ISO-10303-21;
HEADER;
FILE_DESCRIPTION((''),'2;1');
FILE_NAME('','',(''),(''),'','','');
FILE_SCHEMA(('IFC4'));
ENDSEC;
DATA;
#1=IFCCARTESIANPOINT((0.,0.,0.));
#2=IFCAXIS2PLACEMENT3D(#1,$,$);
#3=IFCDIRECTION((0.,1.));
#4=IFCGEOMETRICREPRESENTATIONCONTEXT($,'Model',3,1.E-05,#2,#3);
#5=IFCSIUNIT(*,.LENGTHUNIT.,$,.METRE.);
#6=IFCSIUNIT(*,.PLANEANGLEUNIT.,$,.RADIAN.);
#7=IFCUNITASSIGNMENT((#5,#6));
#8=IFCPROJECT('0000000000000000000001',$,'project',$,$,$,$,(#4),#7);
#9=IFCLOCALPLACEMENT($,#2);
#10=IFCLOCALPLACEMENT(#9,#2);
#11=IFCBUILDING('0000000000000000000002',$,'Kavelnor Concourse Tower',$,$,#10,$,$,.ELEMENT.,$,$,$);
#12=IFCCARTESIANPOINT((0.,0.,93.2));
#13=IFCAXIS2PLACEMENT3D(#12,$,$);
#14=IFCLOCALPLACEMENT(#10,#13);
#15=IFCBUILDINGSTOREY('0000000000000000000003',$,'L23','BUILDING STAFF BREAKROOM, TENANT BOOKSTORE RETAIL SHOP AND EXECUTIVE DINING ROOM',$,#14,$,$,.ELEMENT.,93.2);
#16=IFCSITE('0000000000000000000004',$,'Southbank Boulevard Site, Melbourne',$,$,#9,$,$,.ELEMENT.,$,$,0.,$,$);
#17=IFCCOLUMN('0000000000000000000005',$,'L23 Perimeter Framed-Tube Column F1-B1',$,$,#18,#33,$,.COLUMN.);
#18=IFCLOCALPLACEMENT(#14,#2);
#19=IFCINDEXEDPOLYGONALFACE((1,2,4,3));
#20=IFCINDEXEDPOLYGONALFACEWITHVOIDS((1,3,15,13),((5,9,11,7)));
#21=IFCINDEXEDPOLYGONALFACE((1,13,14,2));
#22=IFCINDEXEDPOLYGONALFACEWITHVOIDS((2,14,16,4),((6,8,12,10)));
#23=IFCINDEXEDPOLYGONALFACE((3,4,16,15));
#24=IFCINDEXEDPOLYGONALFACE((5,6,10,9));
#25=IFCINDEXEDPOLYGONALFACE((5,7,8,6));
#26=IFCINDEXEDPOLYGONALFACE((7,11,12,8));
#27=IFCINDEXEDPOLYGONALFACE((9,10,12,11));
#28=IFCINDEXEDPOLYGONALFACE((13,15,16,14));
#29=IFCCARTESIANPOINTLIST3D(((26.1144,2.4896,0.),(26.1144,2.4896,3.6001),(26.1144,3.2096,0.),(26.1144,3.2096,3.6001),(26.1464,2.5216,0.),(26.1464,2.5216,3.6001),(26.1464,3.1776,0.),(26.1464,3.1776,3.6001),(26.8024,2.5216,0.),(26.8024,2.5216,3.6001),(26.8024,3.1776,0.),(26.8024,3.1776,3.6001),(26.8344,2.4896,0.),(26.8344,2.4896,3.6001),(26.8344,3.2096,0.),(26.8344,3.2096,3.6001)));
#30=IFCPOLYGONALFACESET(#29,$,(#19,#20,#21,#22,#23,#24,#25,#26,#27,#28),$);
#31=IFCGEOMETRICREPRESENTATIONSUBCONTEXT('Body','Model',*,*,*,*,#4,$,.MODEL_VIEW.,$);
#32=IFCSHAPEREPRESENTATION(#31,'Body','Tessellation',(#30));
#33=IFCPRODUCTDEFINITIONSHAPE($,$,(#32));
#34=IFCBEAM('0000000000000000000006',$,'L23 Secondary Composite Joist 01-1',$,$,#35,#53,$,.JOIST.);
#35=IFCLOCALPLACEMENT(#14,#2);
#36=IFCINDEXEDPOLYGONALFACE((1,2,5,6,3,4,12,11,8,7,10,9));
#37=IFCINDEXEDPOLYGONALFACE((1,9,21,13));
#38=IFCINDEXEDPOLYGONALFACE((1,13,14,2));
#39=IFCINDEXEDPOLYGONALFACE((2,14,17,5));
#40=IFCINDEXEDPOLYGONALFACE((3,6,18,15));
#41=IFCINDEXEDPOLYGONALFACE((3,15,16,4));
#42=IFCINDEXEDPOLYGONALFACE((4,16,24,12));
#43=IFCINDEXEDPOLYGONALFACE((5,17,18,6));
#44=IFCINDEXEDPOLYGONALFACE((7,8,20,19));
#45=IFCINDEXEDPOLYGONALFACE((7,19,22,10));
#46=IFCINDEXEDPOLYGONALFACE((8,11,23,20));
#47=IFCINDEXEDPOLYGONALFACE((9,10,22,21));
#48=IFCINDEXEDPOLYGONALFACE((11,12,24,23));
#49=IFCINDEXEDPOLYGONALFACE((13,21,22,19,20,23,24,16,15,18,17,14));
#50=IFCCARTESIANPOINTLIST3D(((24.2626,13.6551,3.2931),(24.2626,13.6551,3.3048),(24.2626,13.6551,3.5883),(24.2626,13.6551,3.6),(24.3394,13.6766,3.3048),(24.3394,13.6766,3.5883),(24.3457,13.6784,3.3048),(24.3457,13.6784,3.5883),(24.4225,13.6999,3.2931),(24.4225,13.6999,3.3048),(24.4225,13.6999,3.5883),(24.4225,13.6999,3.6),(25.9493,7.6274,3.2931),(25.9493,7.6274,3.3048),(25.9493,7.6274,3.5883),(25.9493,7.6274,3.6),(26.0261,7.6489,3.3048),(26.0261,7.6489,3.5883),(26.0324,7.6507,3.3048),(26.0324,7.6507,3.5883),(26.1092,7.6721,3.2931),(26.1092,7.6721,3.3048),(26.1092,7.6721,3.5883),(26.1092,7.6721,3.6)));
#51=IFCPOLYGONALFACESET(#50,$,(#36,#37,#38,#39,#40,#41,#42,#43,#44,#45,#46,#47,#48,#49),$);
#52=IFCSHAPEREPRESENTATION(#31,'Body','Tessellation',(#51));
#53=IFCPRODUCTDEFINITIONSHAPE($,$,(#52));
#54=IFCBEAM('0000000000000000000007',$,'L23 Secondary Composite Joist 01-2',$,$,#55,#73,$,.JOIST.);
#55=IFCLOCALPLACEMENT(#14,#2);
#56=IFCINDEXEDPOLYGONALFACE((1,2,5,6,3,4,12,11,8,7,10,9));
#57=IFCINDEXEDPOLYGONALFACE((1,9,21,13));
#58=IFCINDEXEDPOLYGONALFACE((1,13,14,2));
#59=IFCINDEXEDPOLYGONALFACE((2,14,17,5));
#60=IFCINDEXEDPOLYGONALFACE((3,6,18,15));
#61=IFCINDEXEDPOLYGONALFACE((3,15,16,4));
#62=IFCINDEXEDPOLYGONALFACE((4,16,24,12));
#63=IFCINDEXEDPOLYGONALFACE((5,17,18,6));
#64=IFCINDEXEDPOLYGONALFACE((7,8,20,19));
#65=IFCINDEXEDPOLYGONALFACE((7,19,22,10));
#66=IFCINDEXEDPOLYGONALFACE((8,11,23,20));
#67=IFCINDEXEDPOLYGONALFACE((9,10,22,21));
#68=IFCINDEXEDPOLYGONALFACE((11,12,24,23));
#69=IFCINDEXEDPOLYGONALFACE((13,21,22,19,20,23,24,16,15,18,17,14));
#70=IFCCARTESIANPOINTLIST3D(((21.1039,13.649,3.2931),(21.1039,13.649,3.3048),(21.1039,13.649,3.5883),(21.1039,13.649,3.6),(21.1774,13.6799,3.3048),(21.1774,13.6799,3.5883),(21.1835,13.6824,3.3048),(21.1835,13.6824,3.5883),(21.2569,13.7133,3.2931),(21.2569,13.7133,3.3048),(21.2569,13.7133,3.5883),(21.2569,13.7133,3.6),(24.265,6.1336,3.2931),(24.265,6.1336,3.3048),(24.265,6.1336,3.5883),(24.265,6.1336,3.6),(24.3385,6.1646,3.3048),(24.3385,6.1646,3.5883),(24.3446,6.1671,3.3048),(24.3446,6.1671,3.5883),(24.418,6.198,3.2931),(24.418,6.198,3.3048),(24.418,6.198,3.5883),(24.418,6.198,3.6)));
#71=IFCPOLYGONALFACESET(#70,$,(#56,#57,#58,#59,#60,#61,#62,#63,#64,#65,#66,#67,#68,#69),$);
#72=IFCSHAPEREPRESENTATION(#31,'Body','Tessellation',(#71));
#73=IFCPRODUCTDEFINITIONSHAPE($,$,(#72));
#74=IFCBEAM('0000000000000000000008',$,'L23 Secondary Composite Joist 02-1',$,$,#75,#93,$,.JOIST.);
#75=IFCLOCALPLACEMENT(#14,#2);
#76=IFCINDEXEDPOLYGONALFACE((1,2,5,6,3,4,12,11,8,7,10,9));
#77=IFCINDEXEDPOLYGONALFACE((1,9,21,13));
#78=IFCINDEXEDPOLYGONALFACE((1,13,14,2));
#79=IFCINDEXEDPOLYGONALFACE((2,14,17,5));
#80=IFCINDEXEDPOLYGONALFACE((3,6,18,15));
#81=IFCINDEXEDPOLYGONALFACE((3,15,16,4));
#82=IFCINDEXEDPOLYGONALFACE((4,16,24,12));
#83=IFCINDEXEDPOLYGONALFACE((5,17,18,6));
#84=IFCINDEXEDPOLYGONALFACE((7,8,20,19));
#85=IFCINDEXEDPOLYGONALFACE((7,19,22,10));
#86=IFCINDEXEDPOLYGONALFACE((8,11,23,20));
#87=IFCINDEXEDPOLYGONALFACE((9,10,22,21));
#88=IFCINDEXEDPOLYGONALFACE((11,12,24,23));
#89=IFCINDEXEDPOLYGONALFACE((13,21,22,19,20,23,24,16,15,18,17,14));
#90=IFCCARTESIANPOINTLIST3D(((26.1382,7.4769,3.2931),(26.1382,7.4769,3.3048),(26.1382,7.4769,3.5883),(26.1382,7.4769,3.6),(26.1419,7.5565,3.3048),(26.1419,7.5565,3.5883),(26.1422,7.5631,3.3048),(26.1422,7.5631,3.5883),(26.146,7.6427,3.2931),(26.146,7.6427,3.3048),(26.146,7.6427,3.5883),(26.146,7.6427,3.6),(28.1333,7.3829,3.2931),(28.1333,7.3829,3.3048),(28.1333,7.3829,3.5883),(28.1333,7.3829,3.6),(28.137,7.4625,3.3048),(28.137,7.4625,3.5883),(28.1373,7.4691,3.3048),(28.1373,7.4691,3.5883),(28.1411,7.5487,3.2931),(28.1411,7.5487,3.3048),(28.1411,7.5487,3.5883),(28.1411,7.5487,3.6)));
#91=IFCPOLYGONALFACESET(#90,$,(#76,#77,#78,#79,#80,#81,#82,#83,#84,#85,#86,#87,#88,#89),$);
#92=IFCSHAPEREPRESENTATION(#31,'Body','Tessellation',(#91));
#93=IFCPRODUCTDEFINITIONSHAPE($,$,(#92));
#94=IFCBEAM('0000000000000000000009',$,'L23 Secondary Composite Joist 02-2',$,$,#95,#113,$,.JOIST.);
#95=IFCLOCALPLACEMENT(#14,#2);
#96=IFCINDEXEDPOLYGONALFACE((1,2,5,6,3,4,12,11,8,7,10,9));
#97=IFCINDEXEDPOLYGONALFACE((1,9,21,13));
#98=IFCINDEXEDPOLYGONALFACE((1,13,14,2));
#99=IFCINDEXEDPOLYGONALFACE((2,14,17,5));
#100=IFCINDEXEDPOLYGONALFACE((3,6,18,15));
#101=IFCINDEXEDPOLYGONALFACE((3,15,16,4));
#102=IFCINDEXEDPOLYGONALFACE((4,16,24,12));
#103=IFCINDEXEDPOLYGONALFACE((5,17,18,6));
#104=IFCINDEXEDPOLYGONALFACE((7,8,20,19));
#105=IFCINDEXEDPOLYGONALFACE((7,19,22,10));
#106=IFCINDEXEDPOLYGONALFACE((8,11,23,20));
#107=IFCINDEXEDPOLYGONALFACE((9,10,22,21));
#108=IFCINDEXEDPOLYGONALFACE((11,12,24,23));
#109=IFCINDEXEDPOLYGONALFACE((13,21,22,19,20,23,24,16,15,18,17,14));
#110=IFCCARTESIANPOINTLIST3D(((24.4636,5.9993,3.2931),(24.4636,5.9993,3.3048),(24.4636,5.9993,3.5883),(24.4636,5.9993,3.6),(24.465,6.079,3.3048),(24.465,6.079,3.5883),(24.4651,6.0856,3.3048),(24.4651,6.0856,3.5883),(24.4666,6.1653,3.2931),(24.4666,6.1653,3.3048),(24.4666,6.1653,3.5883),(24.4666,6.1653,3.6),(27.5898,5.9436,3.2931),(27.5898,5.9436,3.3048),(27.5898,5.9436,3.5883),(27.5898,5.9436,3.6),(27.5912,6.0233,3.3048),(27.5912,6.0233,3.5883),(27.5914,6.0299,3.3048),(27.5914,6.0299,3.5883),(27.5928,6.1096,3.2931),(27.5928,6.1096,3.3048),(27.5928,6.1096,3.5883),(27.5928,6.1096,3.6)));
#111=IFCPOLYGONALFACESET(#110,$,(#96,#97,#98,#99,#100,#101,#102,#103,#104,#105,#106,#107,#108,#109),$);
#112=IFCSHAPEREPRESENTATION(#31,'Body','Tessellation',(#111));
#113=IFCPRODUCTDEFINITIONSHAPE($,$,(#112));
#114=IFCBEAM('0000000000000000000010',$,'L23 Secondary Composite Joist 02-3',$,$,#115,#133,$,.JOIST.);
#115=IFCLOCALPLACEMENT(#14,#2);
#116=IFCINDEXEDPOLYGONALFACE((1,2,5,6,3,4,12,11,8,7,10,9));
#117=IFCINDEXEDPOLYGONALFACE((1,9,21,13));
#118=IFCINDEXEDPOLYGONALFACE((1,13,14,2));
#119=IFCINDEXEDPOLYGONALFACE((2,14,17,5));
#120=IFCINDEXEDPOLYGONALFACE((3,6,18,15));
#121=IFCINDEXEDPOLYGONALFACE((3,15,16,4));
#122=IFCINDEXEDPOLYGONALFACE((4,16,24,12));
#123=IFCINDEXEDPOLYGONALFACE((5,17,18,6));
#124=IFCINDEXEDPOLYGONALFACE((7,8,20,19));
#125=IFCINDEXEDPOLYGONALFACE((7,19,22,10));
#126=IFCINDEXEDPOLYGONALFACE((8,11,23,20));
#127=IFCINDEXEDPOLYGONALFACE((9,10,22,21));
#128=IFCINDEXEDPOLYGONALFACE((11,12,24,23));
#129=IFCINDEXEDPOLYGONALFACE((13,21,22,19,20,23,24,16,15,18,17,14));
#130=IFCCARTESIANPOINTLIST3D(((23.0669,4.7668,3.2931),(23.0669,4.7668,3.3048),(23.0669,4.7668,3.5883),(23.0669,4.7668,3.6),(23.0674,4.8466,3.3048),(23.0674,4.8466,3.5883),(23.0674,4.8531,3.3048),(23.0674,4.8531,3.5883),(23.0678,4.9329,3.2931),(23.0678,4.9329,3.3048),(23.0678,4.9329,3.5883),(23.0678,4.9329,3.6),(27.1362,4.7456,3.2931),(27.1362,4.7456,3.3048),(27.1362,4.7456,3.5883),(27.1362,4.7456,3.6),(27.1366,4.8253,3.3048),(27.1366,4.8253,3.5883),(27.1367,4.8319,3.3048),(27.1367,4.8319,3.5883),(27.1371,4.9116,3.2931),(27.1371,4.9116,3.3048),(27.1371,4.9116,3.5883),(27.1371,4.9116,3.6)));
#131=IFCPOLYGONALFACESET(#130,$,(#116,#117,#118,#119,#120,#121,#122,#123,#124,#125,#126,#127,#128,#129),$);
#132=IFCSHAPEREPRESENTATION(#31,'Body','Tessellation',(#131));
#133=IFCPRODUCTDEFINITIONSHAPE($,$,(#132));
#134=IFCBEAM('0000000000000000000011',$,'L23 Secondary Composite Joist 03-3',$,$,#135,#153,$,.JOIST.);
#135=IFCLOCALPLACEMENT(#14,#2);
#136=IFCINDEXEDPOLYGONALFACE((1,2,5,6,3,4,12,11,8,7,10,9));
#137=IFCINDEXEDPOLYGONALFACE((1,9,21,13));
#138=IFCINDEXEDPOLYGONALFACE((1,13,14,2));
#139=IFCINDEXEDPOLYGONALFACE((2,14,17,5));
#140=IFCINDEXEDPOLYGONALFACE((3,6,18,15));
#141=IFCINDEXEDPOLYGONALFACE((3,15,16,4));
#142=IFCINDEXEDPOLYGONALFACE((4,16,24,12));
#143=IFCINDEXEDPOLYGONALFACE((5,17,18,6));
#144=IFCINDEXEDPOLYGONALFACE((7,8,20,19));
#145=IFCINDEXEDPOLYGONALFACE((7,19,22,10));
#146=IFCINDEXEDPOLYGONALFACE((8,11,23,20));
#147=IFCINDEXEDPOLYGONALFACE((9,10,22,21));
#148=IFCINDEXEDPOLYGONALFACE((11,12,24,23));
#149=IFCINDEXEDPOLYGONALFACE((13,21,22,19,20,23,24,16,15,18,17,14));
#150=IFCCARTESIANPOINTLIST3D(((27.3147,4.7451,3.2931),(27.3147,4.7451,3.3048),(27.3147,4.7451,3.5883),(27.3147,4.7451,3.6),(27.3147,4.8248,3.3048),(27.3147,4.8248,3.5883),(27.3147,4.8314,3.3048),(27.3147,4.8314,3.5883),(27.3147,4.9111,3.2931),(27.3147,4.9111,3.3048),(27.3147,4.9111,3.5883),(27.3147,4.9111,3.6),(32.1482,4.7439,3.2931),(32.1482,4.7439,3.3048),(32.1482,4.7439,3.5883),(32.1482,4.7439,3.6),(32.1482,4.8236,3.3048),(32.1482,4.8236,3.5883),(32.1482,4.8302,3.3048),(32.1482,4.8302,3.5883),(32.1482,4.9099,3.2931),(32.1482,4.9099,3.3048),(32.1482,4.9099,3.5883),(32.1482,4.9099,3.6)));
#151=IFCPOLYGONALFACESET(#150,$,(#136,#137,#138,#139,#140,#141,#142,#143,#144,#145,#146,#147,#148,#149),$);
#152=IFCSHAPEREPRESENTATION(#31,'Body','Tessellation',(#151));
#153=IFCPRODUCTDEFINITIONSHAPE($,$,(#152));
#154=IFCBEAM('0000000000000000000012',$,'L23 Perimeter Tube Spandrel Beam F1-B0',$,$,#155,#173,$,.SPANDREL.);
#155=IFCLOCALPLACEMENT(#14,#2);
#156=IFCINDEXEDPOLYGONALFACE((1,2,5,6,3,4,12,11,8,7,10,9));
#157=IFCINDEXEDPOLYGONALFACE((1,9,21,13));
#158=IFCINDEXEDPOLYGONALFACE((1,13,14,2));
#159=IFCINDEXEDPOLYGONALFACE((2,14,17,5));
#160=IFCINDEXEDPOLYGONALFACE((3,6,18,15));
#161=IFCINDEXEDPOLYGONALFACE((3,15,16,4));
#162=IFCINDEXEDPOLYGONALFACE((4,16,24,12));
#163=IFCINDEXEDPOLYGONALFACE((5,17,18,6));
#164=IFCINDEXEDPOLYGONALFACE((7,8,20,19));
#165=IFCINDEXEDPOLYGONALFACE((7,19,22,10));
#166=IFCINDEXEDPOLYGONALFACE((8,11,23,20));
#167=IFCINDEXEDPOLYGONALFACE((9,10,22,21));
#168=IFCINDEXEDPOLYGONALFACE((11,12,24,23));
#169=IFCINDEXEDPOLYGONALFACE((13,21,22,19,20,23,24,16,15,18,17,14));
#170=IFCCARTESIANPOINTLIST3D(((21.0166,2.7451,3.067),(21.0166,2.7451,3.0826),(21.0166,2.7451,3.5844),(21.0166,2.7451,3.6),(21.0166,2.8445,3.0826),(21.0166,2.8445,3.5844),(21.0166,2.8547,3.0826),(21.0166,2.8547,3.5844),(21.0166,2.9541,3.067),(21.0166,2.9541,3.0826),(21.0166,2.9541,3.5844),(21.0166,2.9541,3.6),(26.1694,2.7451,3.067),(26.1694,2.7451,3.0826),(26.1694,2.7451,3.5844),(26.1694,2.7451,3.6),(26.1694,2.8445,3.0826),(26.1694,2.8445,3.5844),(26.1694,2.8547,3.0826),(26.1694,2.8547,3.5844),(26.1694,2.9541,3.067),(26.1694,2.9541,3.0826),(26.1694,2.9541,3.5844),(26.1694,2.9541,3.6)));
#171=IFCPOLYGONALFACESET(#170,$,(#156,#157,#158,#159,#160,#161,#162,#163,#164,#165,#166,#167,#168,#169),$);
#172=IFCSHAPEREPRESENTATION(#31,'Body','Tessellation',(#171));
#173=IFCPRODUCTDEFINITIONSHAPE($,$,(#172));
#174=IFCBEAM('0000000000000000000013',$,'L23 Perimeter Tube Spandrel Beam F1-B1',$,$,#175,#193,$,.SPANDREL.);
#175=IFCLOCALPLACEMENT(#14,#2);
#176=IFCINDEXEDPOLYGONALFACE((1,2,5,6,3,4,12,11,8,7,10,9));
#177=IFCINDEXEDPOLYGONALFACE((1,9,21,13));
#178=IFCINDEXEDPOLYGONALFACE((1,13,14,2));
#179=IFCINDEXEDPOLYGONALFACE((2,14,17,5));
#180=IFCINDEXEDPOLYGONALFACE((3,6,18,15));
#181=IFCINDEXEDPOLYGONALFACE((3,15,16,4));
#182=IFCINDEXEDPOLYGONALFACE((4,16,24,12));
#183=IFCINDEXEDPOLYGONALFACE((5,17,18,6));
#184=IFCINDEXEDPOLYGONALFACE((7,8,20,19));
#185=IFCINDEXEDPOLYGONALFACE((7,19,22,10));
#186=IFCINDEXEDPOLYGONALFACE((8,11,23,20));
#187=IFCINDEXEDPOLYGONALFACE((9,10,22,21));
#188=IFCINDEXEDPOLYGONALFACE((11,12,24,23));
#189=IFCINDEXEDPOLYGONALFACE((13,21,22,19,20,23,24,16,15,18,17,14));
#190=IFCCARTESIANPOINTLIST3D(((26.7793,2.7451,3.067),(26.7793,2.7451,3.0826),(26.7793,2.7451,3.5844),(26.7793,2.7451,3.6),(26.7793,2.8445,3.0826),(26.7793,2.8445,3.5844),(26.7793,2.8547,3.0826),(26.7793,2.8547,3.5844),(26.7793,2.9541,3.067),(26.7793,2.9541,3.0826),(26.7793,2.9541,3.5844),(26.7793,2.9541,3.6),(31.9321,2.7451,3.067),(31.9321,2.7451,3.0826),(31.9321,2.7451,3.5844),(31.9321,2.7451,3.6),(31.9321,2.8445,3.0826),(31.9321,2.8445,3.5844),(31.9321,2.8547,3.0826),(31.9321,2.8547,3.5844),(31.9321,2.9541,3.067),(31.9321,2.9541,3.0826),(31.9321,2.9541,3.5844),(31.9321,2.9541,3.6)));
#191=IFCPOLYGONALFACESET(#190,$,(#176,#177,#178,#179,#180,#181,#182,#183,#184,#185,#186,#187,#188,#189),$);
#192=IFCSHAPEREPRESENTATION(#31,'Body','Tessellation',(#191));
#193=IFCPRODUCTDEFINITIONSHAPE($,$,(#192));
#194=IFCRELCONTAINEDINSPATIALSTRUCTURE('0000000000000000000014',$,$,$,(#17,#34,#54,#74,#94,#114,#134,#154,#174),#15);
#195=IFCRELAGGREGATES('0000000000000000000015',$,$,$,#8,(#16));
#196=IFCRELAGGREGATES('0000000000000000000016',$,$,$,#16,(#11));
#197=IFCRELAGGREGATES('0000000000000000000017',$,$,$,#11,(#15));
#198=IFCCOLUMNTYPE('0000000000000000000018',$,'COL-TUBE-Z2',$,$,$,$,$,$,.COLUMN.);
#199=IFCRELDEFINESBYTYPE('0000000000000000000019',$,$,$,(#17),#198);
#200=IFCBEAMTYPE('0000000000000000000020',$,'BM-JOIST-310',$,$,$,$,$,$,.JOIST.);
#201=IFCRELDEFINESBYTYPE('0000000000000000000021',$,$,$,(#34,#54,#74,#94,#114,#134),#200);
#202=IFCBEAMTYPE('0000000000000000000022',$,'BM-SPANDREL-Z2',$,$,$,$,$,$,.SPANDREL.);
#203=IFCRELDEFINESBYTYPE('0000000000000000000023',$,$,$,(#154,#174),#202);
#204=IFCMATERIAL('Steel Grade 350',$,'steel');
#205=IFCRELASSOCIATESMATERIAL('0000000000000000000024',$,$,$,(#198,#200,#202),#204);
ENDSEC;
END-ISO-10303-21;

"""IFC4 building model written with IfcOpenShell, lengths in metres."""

from ifc_helpers import new_model, si_unit, direction, frame, origin, origin_2d, place, context, subcontext, project, spatial, hollow_rectangle, i_section, extrude, material, material_profile, profile_set, type_object, element, save


model = new_model("IFC4")

# Units and contexts
model_context = context("Model", 3, precision=1e-05, world=origin(), true_north=direction((0.0, 1.0)))
body_context = subcontext(model_context, "Body", "Model", "MODEL_VIEW")
ifc_project = project(units=[si_unit("LENGTHUNIT", "METRE"), si_unit("PLANEANGLEUNIT", "RADIAN")], contexts=[model_context])

# Site, building, storey
site_placement = place(None, origin())
site = spatial("IfcSite", under=ifc_project, at=site_placement, Name="Southbank Boulevard Site, Melbourne", CompositionType="ELEMENT", RefElevation=0.0)
building_placement = place(site_placement, origin())
building = spatial("IfcBuilding", under=site, at=building_placement, Name="Kavelnor Concourse Tower", CompositionType="ELEMENT")
storey_placement = place(building_placement, frame((0.0, 0.0, 93.2)))
storey = spatial("IfcBuildingStorey", under=building, at=storey_placement, Name="L23", Description="BUILDING STAFF BREAKROOM, TENANT BOOKSTORE RETAIL SHOP AND EXECUTIVE DINING ROOM", CompositionType="ELEMENT", Elevation=93.2)

# Column
ifc_material_1 = material(Name="Steel Grade 350", Category="steel")
ifc_material_profile_1 = material_profile(ifc_material_1, hollow_rectangle(XDim=0.72, YDim=0.72, WallThickness=0.032, at=origin_2d()), Name="SHS 720x720x32")
ifc_profile_set_1 = profile_set([ifc_material_profile_1], Name="Steel Grade 350")
column_type = type_object("IfcColumnType", Name="COL-TUBE-Z2", PredefinedType="COLUMN", material=ifc_profile_set_1)
column_placement = place(storey_placement, frame((26.4744, 2.8496, 0.0), z_axis=(0.0, 0.0, 1.0), x_axis=(1.0, 0.0, 0.0)))
element("IfcColumn", 1, at=column_placement, inside=storey, type_object=column_type, Name="L23 Perimeter Framed-Tube Column F1-B1", PredefinedType="COLUMN", context=body_context, shape_type="SweptSolid", body=[
    extrude(hollow_rectangle(XDim=0.72, YDim=0.72, WallThickness=0.032, at=origin_2d()), origin(), (0.0, 0.0, 1.0), 3.6001),
])

# Beams
ifc_material_profile_2 = material_profile(ifc_material_1, i_section(OverallWidth=0.166, OverallDepth=0.3069, WebThickness=0.0066, FlangeThickness=0.0117, at=origin_2d()), Name="310UB46")
ifc_profile_set_2 = profile_set([ifc_material_profile_2], Name="Steel Grade 350")
beam_type_1 = type_object("IfcBeamType", Name="BM-JOIST-310", PredefinedType="JOIST", material=ifc_profile_set_2)
beam_1_placement = place(storey_placement, frame((24.3425, 13.6775, 3.4465), z_axis=(0.269478, -0.963007, 0.0), x_axis=(0.963007, 0.269478, 0.0)))
element("IfcBeam", 2, at=beam_1_placement, inside=storey, type_object=beam_type_1, Name="L23 Secondary Composite Joist 01-1", PredefinedType="JOIST", context=body_context, shape_type="SweptSolid", body=[
    extrude(i_section(OverallWidth=0.166, OverallDepth=0.3069, WebThickness=0.0066, FlangeThickness=0.0117, at=origin_2d()), origin(), (0.0, 0.0, 1.0), 6.2593),
])
beam_2_placement = place(storey_placement, frame((21.1804, 13.6812, 3.4465), z_axis=(0.38772, -0.921777, 0.0), x_axis=(0.921777, 0.38772, 0.0)))
element("IfcBeam", 3, at=beam_2_placement, inside=storey, type_object=beam_type_1, Name="L23 Secondary Composite Joist 01-2", PredefinedType="JOIST", context=body_context, shape_type="SweptSolid", body=[
    extrude(i_section(OverallWidth=0.166, OverallDepth=0.3069, WebThickness=0.0066, FlangeThickness=0.0117, at=origin_2d()), origin(), (0.0, 0.0, 1.0), 8.1531),
])
beam_3_placement = place(storey_placement, frame((26.1421, 7.5598, 3.4465), z_axis=(0.998892, -0.04706, 0.0), x_axis=(0.04706, 0.998892, 0.0)))
element("IfcBeam", 4, at=beam_3_placement, inside=storey, type_object=beam_type_1, Name="L23 Secondary Composite Joist 02-1", PredefinedType="JOIST", context=body_context, shape_type="SweptSolid", body=[
    extrude(i_section(OverallWidth=0.166, OverallDepth=0.3069, WebThickness=0.0066, FlangeThickness=0.0117, at=origin_2d()), origin(), (0.0, 0.0, 1.0), 1.9973),
])
beam_4_placement = place(storey_placement, frame((24.4651, 6.0823, 3.4465), z_axis=(0.999842, -0.017803, 0.0), x_axis=(0.017803, 0.999842, 0.0)))
element("IfcBeam", 5, at=beam_4_placement, inside=storey, type_object=beam_type_1, Name="L23 Secondary Composite Joist 02-2", PredefinedType="JOIST", context=body_context, shape_type="SweptSolid", body=[
    extrude(i_section(OverallWidth=0.166, OverallDepth=0.3069, WebThickness=0.0066, FlangeThickness=0.0117, at=origin_2d()), origin(), (0.0, 0.0, 1.0), 3.1267),
])
beam_5_placement = place(storey_placement, frame((23.0674, 4.8499, 3.4465), z_axis=(0.999986, -0.00522, 0.0), x_axis=(0.00522, 0.999986, 0.0)))
element("IfcBeam", 6, at=beam_5_placement, inside=storey, type_object=beam_type_1, Name="L23 Secondary Composite Joist 02-3", PredefinedType="JOIST", context=body_context, shape_type="SweptSolid", body=[
    extrude(i_section(OverallWidth=0.166, OverallDepth=0.3069, WebThickness=0.0066, FlangeThickness=0.0117, at=origin_2d()), origin(), (0.0, 0.0, 1.0), 4.0693),
])
beam_6_placement = place(storey_placement, frame((27.3147, 4.8281, 3.4465), z_axis=(1.0, -0.000253, 0.0), x_axis=(0.000253, 1.0, 0.0)))
element("IfcBeam", 7, at=beam_6_placement, inside=storey, type_object=beam_type_1, Name="L23 Secondary Composite Joist 03-3", PredefinedType="JOIST", context=body_context, shape_type="SweptSolid", body=[
    extrude(i_section(OverallWidth=0.166, OverallDepth=0.3069, WebThickness=0.0066, FlangeThickness=0.0117, at=origin_2d()), origin(), (0.0, 0.0, 1.0), 4.8335),
])
ifc_material_profile_3 = material_profile(ifc_material_1, i_section(OverallWidth=0.209, OverallDepth=0.533, WebThickness=0.0103, FlangeThickness=0.0156, at=origin_2d()), Name="530UB92")
ifc_profile_set_3 = profile_set([ifc_material_profile_3], Name="Steel Grade 350")
beam_type_2 = type_object("IfcBeamType", Name="BM-SPANDREL-Z2", PredefinedType="SPANDREL", material=ifc_profile_set_3)
for number, where, z_axis, x_axis, name in (
    (8, (21.0166, 2.8496, 3.3335), (1.0, 0.0, 0.0), (0.0, 1.0, 0.0), "L23 Perimeter Tube Spandrel Beam F1-B0"),
    (9, (26.7793, 2.8496, 3.3335), (1.0, 0.0, 0.0), (0.0, 1.0, 0.0), "L23 Perimeter Tube Spandrel Beam F1-B1"),
):
    element("IfcBeam", number, at=place(storey_placement, frame(where, z_axis=z_axis, x_axis=x_axis)), inside=storey, type_object=beam_type_2, Name=name, PredefinedType="SPANDREL", context=body_context, shape_type="SweptSolid", body=[
        extrude(i_section(OverallWidth=0.209, OverallDepth=0.533, WebThickness=0.0103, FlangeThickness=0.0156, at=origin_2d()), origin(), (0.0, 0.0, 1.0), 5.1528),
    ])

save(model, "model.ifc")
